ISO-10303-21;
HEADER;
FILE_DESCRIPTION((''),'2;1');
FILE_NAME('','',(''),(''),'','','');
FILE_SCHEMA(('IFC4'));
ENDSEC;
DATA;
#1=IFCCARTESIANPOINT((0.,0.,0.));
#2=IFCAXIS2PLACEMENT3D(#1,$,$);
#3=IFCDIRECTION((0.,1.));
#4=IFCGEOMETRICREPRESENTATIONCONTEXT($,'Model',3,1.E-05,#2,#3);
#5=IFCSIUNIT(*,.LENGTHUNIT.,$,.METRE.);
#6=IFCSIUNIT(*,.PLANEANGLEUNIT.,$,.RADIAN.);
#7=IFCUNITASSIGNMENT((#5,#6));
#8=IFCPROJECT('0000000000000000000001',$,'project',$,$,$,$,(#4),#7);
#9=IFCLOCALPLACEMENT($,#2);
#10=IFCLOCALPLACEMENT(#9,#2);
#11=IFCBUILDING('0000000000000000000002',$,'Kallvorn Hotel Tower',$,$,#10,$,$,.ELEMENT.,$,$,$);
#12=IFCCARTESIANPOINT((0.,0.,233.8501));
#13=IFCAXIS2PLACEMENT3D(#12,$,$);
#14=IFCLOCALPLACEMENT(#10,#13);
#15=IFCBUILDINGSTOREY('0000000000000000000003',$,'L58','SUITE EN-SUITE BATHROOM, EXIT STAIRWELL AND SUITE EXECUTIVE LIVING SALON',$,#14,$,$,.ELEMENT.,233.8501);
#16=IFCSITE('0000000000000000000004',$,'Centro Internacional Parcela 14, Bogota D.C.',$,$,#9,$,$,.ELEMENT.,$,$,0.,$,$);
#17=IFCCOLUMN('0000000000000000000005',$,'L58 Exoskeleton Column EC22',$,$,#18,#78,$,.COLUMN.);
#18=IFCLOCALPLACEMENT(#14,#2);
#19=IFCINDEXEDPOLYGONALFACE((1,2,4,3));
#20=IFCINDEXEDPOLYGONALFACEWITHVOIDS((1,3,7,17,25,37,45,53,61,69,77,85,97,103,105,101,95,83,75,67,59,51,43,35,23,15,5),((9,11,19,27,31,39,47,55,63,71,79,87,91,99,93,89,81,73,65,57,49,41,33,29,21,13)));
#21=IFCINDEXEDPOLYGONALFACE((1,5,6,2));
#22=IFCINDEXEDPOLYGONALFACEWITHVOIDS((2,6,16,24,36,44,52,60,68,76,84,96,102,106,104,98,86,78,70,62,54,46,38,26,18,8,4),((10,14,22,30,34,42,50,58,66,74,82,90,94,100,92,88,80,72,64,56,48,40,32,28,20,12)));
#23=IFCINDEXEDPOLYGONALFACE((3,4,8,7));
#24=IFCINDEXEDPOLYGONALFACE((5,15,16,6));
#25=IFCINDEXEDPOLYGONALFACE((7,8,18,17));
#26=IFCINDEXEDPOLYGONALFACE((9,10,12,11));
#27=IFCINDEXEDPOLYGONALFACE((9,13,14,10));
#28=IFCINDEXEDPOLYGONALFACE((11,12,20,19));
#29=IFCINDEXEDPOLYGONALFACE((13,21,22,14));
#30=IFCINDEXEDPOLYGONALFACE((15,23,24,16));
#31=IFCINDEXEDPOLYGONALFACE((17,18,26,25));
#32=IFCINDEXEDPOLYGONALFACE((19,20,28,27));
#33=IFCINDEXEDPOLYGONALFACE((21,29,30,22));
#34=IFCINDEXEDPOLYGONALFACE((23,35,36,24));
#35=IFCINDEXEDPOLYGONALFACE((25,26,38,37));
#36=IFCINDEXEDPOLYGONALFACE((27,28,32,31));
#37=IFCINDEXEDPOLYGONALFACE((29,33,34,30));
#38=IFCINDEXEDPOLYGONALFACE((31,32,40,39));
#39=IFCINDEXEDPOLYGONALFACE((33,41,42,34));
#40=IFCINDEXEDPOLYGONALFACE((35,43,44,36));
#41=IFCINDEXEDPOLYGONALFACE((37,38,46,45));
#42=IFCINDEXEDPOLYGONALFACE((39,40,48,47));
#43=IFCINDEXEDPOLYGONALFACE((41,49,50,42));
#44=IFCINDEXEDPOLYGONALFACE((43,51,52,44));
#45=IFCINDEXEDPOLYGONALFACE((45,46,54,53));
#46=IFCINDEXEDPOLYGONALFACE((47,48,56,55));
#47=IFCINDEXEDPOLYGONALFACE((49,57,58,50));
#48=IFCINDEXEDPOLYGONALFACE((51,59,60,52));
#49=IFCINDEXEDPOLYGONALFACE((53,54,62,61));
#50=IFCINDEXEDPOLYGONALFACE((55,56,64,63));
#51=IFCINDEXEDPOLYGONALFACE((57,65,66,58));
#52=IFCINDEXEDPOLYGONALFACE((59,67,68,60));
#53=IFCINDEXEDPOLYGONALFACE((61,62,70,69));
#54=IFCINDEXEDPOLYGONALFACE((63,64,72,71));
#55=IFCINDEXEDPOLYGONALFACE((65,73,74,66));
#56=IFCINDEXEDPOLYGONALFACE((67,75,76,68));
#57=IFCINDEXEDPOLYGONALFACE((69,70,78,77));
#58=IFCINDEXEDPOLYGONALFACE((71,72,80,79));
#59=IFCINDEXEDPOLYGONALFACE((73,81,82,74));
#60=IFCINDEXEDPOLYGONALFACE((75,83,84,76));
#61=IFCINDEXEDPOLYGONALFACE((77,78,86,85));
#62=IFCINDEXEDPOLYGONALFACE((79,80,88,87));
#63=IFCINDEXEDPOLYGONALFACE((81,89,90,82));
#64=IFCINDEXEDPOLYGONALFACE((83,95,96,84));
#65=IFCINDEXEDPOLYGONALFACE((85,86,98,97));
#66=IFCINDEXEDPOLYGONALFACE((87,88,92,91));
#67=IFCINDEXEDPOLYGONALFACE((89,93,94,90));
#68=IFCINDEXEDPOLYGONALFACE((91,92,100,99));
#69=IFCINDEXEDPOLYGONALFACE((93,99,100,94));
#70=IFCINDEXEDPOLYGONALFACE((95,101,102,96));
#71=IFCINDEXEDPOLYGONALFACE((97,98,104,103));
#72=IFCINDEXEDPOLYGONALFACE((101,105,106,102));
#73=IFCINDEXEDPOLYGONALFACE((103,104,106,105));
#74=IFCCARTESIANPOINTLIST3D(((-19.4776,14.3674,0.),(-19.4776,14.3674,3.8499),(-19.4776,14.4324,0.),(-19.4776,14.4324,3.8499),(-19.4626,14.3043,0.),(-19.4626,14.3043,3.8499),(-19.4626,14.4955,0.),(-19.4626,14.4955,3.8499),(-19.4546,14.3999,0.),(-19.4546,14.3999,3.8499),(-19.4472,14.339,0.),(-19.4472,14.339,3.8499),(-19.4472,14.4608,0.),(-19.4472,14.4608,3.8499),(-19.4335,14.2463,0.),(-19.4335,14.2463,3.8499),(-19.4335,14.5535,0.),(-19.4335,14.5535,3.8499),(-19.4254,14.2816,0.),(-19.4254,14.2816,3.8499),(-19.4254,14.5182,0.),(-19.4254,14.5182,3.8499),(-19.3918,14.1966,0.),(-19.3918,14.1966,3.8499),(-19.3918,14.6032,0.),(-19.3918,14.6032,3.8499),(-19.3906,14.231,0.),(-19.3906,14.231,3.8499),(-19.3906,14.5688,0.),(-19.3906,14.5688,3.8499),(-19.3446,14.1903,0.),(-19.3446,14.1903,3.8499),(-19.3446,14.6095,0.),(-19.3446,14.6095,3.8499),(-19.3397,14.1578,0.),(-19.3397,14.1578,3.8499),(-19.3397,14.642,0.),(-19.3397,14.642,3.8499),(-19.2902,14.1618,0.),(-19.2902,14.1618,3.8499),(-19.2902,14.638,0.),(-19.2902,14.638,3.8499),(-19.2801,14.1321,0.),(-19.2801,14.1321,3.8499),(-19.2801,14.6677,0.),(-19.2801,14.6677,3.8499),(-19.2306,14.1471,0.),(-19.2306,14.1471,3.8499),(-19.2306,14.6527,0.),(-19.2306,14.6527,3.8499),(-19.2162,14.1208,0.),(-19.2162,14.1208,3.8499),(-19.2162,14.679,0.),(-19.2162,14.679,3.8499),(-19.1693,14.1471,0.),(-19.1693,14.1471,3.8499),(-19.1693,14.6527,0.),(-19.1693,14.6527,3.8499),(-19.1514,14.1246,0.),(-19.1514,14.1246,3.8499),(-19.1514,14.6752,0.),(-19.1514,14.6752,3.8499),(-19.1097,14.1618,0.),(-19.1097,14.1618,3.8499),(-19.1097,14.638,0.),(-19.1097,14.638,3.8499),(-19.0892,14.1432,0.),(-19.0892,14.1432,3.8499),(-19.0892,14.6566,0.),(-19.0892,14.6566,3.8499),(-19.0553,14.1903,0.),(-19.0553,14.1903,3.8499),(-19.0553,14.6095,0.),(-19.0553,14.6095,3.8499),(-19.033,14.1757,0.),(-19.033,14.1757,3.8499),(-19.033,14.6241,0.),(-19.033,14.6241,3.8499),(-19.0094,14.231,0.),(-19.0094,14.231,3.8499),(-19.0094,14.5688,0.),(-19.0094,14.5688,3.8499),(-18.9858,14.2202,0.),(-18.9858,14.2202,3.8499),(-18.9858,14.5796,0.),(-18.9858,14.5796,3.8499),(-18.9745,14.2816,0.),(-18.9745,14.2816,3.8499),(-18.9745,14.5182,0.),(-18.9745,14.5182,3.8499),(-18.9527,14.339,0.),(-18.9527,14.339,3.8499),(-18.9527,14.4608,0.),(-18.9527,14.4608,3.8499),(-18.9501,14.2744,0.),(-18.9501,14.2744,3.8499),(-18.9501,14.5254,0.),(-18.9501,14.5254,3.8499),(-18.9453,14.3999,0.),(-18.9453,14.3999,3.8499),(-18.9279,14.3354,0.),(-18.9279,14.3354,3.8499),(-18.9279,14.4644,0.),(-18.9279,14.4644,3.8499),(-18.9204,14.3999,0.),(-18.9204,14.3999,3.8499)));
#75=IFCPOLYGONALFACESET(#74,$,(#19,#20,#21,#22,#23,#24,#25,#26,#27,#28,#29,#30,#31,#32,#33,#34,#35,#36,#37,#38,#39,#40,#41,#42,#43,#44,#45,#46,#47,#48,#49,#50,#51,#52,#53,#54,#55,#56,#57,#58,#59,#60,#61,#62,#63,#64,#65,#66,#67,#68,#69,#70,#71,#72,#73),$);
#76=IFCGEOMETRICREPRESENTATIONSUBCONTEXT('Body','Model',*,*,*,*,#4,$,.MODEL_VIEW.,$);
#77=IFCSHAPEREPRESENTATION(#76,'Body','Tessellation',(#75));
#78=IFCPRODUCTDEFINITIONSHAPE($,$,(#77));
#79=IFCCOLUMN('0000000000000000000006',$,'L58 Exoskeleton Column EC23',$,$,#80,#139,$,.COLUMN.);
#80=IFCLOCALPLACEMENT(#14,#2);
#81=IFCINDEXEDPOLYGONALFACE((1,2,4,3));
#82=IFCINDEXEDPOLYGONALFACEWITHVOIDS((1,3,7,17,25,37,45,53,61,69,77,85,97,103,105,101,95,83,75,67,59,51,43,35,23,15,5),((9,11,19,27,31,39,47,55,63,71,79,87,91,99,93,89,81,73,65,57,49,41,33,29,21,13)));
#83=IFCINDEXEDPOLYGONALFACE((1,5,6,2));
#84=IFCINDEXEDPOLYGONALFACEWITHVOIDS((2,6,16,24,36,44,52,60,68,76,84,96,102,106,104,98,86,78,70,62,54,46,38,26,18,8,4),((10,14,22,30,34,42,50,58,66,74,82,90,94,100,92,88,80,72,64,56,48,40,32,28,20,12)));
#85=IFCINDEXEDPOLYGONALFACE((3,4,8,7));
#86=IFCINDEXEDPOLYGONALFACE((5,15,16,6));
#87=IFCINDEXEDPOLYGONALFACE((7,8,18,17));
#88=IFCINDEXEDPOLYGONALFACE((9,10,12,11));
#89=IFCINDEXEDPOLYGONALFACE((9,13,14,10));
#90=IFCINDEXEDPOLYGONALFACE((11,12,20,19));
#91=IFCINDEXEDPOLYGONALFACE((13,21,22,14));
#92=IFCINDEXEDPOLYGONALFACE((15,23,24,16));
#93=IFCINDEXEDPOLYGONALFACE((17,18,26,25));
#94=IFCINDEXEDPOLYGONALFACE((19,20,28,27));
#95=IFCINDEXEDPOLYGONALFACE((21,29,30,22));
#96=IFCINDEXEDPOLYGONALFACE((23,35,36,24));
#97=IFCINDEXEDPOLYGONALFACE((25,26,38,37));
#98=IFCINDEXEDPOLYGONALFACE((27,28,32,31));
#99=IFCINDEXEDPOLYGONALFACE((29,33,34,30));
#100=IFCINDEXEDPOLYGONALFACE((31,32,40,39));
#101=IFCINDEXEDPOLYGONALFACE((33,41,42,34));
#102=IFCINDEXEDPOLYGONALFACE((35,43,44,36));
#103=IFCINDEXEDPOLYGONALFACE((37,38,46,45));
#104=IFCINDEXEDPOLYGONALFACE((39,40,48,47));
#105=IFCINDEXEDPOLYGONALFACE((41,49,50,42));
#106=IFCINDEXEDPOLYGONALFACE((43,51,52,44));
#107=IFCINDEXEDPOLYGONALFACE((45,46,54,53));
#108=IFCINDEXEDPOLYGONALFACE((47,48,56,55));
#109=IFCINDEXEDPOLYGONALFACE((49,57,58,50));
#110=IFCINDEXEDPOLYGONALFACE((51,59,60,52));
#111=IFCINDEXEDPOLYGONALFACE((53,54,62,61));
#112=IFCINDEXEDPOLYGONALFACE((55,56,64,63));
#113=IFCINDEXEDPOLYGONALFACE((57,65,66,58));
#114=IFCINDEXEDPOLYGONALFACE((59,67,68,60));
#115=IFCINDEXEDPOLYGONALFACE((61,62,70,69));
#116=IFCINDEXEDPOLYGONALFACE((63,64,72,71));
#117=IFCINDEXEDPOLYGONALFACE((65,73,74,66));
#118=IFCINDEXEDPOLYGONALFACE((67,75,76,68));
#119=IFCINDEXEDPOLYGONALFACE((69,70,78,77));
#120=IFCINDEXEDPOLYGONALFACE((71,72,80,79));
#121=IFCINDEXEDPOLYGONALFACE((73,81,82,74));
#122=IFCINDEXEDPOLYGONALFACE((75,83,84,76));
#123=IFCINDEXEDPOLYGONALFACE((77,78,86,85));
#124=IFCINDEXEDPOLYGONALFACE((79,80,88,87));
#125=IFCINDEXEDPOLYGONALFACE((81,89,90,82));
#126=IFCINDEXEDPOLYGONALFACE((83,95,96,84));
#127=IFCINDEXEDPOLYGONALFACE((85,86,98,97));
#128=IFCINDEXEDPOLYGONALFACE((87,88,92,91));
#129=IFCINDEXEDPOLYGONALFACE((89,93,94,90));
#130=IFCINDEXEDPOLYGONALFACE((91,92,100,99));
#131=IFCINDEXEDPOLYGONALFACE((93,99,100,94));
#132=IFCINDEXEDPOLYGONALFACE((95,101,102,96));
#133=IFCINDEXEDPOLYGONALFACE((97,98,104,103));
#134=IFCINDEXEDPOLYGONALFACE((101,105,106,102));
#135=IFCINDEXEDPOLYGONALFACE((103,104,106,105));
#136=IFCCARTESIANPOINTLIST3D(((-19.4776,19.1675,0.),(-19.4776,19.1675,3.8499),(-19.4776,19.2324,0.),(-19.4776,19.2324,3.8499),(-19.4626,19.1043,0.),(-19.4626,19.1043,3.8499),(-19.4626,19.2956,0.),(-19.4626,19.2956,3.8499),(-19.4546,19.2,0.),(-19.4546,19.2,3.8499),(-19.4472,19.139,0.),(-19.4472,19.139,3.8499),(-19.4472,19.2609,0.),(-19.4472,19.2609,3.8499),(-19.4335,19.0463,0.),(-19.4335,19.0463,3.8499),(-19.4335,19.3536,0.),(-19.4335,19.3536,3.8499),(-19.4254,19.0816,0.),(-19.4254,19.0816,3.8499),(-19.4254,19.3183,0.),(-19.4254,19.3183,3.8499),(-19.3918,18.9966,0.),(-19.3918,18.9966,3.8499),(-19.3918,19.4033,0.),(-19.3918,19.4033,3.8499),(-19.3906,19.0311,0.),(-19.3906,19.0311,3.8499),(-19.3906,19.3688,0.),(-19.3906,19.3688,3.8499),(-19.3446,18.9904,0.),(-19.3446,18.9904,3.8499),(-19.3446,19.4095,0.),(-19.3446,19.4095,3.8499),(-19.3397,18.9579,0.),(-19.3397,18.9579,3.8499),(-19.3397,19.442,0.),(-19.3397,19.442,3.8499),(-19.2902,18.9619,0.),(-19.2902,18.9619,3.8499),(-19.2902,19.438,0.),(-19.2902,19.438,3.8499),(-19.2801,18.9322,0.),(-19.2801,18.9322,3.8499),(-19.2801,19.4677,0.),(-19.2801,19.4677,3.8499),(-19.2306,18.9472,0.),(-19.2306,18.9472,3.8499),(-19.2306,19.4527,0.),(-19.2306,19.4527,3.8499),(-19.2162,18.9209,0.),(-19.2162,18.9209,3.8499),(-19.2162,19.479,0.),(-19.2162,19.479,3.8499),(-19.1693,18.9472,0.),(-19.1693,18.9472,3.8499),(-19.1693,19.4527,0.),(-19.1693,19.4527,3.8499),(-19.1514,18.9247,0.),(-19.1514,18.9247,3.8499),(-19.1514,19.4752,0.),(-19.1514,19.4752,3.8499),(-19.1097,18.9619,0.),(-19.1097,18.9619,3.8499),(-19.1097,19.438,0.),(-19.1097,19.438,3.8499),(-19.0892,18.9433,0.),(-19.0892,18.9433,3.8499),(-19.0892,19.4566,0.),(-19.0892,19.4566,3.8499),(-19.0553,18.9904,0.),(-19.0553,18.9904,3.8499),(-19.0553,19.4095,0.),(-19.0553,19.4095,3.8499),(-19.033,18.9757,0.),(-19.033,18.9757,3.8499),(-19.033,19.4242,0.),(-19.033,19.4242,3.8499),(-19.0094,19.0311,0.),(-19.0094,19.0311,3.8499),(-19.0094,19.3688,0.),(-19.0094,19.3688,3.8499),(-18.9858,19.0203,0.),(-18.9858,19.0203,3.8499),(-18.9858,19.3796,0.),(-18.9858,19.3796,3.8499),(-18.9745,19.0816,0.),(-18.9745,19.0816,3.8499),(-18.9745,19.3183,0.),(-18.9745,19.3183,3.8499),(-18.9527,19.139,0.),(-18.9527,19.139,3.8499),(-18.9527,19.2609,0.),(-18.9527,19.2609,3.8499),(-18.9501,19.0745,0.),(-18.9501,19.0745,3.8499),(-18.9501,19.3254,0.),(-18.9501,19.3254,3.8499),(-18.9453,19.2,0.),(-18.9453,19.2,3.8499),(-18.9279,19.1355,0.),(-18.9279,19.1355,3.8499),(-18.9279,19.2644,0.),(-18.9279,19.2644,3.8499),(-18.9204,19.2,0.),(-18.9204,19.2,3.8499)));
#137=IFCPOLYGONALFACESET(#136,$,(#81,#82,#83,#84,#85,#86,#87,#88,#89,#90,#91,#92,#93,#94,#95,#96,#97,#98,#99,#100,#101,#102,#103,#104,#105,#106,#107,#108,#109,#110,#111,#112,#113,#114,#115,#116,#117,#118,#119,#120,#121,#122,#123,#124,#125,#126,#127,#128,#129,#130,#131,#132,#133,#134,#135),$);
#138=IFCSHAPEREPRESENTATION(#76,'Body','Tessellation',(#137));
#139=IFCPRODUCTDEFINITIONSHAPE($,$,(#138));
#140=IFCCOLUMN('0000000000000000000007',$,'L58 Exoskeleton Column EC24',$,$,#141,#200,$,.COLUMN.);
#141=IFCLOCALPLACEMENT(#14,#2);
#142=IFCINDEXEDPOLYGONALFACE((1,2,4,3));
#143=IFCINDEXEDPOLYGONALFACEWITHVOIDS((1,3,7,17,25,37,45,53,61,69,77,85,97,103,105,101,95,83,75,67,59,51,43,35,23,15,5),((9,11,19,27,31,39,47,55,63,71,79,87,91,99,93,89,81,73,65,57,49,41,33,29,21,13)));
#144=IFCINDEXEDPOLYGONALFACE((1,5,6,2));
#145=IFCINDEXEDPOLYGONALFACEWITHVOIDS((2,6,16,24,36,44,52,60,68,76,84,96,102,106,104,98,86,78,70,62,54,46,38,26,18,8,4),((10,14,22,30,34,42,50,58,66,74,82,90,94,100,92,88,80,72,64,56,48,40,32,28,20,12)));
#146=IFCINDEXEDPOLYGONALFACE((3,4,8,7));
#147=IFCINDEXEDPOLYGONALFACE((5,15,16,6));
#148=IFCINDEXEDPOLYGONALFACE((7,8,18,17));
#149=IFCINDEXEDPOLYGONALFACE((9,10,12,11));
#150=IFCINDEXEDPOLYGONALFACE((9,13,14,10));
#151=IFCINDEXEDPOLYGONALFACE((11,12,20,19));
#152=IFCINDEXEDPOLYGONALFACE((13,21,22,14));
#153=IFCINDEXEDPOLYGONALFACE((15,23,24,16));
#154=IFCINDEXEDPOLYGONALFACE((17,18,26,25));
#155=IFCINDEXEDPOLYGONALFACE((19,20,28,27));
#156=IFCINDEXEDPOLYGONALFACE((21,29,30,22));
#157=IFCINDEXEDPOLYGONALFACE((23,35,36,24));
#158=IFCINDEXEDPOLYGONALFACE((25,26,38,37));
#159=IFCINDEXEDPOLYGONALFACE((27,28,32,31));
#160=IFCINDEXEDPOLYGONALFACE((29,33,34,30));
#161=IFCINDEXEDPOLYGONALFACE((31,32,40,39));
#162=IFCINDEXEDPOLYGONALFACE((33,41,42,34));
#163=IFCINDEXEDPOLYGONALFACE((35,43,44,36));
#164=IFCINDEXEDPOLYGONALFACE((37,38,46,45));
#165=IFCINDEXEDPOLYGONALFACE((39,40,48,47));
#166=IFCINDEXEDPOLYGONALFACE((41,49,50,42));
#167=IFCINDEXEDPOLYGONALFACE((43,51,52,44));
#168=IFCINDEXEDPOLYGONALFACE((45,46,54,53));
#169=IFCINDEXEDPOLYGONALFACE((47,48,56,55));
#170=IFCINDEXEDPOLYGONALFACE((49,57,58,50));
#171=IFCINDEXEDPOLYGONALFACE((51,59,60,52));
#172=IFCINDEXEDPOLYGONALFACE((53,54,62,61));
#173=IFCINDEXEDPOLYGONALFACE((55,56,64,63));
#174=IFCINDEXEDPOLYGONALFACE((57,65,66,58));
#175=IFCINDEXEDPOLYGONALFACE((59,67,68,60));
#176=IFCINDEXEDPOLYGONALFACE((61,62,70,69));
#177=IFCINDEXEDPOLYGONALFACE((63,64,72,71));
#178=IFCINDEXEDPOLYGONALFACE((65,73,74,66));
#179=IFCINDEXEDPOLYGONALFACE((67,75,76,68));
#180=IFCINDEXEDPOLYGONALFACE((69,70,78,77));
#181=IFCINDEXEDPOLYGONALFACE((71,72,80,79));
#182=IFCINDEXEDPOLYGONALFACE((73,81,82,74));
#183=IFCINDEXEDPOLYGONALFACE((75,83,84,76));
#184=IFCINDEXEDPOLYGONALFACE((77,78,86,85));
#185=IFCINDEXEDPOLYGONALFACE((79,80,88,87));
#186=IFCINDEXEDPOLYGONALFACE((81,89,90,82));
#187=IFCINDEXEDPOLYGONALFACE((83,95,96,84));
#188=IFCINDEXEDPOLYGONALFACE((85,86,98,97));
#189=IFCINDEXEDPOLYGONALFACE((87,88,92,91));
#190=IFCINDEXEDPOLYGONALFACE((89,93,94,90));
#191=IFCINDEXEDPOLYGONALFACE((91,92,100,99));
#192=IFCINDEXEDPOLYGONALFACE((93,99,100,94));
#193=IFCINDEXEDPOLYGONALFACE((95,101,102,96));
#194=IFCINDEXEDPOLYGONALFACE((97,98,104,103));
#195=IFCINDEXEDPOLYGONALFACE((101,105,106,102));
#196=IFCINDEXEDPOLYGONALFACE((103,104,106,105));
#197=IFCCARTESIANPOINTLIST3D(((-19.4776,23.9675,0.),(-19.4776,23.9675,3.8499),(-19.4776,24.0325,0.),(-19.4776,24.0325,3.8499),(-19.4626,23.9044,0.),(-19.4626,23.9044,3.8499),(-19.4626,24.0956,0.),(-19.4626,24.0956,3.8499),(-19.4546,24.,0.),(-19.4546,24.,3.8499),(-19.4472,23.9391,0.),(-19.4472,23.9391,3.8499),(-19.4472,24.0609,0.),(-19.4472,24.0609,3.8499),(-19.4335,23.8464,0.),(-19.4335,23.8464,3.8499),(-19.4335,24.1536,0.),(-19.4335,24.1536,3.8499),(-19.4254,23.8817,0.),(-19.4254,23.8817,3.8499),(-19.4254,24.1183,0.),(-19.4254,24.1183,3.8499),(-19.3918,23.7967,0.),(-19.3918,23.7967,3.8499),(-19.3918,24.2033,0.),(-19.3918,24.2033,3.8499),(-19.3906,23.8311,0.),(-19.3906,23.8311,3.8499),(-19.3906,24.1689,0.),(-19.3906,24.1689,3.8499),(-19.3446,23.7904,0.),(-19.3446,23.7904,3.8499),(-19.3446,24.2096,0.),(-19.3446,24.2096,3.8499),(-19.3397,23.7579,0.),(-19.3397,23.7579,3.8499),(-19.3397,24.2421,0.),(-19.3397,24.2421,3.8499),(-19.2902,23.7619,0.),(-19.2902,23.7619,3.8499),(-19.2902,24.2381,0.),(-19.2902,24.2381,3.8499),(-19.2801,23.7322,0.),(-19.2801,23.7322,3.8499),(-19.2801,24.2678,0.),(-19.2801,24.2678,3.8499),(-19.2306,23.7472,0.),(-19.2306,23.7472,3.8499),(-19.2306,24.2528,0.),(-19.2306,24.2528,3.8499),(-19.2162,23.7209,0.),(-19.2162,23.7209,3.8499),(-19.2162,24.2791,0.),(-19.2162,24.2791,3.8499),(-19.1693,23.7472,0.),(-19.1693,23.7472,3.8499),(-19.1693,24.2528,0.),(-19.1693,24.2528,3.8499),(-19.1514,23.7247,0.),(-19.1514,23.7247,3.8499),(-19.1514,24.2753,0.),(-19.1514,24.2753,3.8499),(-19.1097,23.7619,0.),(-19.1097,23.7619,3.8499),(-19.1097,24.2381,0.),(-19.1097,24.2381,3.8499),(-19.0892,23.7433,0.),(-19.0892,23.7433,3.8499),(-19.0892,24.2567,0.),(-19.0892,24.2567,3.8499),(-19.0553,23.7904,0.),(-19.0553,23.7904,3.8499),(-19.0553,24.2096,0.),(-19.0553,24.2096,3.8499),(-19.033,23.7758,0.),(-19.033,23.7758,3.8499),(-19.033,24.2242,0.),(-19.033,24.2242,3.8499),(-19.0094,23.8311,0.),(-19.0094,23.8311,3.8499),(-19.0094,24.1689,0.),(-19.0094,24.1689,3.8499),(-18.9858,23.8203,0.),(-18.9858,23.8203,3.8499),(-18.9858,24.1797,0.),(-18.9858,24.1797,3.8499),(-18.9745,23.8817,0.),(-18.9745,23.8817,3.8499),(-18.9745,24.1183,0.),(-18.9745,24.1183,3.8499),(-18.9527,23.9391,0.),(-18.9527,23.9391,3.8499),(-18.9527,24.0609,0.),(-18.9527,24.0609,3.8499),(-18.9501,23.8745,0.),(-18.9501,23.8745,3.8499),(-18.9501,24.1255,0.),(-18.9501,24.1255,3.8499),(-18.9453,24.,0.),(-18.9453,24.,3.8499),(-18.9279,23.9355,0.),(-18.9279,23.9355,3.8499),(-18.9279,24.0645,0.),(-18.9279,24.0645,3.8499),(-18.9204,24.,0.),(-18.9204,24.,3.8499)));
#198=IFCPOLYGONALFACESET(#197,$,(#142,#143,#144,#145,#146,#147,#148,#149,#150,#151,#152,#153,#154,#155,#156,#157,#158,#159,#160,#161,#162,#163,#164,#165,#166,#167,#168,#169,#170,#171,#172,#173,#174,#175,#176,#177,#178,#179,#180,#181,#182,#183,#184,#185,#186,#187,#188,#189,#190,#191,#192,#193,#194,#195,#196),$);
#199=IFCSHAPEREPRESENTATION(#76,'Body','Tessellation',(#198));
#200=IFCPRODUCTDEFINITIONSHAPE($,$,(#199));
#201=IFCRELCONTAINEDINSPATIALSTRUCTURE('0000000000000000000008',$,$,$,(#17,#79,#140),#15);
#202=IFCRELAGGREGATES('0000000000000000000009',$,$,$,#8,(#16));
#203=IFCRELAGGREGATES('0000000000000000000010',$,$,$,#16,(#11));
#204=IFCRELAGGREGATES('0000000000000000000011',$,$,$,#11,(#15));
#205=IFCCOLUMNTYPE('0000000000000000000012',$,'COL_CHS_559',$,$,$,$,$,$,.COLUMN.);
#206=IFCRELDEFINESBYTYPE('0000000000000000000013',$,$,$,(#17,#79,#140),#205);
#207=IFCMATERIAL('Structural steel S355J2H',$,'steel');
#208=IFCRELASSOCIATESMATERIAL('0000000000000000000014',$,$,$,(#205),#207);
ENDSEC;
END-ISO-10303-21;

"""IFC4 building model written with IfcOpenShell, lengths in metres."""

from ifc_helpers import new_model, si_unit, direction, frame, origin, origin_2d, place, context, subcontext, project, spatial, hollow_circle, extrude, material, material_profile, profile_set, type_object, element, save


model = new_model("IFC4")

# Units and contexts
model_context = context("Model", 3, precision=1e-05, world=origin(), true_north=direction((0.0, 1.0)))
body_context = subcontext(model_context, "Body", "Model", "MODEL_VIEW")
ifc_project = project(units=[si_unit("LENGTHUNIT", "METRE"), si_unit("PLANEANGLEUNIT", "RADIAN")], contexts=[model_context])

# Site, building, storey
site_placement = place(None, origin())
site = spatial("IfcSite", under=ifc_project, at=site_placement, Name="Centro Internacional Parcela 14, Bogota D.C.", CompositionType="ELEMENT", RefElevation=0.0)
building_placement = place(site_placement, origin())
building = spatial("IfcBuilding", under=site, at=building_placement, Name="Kallvorn Hotel Tower", CompositionType="ELEMENT")
storey_placement = place(building_placement, frame((0.0, 0.0, 233.8501)))
storey = spatial("IfcBuildingStorey", under=building, at=storey_placement, Name="L58", Description="SUITE EN-SUITE BATHROOM, EXIT STAIRWELL AND SUITE EXECUTIVE LIVING SALON", CompositionType="ELEMENT", Elevation=233.8501)

# Columns
ifc_material_1 = material(Name="Structural steel S355J2H", Category="steel")
ifc_material_profile_1 = material_profile(ifc_material_1, hollow_circle(Radius=0.2795, WallThickness=0.0249, at=origin_2d()), Name="CHS 559x25")
ifc_profile_set_1 = profile_set([ifc_material_profile_1], Name="Structural steel S355J2H")
column_type_1 = type_object("IfcColumnType", Name="COL_CHS_559", PredefinedType="COLUMN", material=ifc_profile_set_1)
for number, where, z_axis, x_axis, name in (
    (1, (-19.2, 14.3999, 0.0), (0.0, 0.0, 1.0), (1.0, 0.0, 0.0), "L58 Exoskeleton Column EC22"),
    (2, (-19.2, 19.2, 0.0), (0.0, 0.0, 1.0), (1.0, 0.0, 0.0), "L58 Exoskeleton Column EC23"),
    (3, (-19.2, 24.0, 0.0), (0.0, 0.0, 1.0), (1.0, 0.0, 0.0), "L58 Exoskeleton Column EC24"),
):
    element("IfcColumn", number, at=place(storey_placement, frame(where, z_axis=z_axis, x_axis=x_axis)), inside=storey, type_object=column_type_1, Name=name, PredefinedType="COLUMN", context=body_context, shape_type="SweptSolid", body=[
        extrude(hollow_circle(Radius=0.2795, WallThickness=0.0249, at=origin_2d()), origin(), (0.0, 0.0, 1.0), 3.8499),
    ])

save(model, "model.ifc")
